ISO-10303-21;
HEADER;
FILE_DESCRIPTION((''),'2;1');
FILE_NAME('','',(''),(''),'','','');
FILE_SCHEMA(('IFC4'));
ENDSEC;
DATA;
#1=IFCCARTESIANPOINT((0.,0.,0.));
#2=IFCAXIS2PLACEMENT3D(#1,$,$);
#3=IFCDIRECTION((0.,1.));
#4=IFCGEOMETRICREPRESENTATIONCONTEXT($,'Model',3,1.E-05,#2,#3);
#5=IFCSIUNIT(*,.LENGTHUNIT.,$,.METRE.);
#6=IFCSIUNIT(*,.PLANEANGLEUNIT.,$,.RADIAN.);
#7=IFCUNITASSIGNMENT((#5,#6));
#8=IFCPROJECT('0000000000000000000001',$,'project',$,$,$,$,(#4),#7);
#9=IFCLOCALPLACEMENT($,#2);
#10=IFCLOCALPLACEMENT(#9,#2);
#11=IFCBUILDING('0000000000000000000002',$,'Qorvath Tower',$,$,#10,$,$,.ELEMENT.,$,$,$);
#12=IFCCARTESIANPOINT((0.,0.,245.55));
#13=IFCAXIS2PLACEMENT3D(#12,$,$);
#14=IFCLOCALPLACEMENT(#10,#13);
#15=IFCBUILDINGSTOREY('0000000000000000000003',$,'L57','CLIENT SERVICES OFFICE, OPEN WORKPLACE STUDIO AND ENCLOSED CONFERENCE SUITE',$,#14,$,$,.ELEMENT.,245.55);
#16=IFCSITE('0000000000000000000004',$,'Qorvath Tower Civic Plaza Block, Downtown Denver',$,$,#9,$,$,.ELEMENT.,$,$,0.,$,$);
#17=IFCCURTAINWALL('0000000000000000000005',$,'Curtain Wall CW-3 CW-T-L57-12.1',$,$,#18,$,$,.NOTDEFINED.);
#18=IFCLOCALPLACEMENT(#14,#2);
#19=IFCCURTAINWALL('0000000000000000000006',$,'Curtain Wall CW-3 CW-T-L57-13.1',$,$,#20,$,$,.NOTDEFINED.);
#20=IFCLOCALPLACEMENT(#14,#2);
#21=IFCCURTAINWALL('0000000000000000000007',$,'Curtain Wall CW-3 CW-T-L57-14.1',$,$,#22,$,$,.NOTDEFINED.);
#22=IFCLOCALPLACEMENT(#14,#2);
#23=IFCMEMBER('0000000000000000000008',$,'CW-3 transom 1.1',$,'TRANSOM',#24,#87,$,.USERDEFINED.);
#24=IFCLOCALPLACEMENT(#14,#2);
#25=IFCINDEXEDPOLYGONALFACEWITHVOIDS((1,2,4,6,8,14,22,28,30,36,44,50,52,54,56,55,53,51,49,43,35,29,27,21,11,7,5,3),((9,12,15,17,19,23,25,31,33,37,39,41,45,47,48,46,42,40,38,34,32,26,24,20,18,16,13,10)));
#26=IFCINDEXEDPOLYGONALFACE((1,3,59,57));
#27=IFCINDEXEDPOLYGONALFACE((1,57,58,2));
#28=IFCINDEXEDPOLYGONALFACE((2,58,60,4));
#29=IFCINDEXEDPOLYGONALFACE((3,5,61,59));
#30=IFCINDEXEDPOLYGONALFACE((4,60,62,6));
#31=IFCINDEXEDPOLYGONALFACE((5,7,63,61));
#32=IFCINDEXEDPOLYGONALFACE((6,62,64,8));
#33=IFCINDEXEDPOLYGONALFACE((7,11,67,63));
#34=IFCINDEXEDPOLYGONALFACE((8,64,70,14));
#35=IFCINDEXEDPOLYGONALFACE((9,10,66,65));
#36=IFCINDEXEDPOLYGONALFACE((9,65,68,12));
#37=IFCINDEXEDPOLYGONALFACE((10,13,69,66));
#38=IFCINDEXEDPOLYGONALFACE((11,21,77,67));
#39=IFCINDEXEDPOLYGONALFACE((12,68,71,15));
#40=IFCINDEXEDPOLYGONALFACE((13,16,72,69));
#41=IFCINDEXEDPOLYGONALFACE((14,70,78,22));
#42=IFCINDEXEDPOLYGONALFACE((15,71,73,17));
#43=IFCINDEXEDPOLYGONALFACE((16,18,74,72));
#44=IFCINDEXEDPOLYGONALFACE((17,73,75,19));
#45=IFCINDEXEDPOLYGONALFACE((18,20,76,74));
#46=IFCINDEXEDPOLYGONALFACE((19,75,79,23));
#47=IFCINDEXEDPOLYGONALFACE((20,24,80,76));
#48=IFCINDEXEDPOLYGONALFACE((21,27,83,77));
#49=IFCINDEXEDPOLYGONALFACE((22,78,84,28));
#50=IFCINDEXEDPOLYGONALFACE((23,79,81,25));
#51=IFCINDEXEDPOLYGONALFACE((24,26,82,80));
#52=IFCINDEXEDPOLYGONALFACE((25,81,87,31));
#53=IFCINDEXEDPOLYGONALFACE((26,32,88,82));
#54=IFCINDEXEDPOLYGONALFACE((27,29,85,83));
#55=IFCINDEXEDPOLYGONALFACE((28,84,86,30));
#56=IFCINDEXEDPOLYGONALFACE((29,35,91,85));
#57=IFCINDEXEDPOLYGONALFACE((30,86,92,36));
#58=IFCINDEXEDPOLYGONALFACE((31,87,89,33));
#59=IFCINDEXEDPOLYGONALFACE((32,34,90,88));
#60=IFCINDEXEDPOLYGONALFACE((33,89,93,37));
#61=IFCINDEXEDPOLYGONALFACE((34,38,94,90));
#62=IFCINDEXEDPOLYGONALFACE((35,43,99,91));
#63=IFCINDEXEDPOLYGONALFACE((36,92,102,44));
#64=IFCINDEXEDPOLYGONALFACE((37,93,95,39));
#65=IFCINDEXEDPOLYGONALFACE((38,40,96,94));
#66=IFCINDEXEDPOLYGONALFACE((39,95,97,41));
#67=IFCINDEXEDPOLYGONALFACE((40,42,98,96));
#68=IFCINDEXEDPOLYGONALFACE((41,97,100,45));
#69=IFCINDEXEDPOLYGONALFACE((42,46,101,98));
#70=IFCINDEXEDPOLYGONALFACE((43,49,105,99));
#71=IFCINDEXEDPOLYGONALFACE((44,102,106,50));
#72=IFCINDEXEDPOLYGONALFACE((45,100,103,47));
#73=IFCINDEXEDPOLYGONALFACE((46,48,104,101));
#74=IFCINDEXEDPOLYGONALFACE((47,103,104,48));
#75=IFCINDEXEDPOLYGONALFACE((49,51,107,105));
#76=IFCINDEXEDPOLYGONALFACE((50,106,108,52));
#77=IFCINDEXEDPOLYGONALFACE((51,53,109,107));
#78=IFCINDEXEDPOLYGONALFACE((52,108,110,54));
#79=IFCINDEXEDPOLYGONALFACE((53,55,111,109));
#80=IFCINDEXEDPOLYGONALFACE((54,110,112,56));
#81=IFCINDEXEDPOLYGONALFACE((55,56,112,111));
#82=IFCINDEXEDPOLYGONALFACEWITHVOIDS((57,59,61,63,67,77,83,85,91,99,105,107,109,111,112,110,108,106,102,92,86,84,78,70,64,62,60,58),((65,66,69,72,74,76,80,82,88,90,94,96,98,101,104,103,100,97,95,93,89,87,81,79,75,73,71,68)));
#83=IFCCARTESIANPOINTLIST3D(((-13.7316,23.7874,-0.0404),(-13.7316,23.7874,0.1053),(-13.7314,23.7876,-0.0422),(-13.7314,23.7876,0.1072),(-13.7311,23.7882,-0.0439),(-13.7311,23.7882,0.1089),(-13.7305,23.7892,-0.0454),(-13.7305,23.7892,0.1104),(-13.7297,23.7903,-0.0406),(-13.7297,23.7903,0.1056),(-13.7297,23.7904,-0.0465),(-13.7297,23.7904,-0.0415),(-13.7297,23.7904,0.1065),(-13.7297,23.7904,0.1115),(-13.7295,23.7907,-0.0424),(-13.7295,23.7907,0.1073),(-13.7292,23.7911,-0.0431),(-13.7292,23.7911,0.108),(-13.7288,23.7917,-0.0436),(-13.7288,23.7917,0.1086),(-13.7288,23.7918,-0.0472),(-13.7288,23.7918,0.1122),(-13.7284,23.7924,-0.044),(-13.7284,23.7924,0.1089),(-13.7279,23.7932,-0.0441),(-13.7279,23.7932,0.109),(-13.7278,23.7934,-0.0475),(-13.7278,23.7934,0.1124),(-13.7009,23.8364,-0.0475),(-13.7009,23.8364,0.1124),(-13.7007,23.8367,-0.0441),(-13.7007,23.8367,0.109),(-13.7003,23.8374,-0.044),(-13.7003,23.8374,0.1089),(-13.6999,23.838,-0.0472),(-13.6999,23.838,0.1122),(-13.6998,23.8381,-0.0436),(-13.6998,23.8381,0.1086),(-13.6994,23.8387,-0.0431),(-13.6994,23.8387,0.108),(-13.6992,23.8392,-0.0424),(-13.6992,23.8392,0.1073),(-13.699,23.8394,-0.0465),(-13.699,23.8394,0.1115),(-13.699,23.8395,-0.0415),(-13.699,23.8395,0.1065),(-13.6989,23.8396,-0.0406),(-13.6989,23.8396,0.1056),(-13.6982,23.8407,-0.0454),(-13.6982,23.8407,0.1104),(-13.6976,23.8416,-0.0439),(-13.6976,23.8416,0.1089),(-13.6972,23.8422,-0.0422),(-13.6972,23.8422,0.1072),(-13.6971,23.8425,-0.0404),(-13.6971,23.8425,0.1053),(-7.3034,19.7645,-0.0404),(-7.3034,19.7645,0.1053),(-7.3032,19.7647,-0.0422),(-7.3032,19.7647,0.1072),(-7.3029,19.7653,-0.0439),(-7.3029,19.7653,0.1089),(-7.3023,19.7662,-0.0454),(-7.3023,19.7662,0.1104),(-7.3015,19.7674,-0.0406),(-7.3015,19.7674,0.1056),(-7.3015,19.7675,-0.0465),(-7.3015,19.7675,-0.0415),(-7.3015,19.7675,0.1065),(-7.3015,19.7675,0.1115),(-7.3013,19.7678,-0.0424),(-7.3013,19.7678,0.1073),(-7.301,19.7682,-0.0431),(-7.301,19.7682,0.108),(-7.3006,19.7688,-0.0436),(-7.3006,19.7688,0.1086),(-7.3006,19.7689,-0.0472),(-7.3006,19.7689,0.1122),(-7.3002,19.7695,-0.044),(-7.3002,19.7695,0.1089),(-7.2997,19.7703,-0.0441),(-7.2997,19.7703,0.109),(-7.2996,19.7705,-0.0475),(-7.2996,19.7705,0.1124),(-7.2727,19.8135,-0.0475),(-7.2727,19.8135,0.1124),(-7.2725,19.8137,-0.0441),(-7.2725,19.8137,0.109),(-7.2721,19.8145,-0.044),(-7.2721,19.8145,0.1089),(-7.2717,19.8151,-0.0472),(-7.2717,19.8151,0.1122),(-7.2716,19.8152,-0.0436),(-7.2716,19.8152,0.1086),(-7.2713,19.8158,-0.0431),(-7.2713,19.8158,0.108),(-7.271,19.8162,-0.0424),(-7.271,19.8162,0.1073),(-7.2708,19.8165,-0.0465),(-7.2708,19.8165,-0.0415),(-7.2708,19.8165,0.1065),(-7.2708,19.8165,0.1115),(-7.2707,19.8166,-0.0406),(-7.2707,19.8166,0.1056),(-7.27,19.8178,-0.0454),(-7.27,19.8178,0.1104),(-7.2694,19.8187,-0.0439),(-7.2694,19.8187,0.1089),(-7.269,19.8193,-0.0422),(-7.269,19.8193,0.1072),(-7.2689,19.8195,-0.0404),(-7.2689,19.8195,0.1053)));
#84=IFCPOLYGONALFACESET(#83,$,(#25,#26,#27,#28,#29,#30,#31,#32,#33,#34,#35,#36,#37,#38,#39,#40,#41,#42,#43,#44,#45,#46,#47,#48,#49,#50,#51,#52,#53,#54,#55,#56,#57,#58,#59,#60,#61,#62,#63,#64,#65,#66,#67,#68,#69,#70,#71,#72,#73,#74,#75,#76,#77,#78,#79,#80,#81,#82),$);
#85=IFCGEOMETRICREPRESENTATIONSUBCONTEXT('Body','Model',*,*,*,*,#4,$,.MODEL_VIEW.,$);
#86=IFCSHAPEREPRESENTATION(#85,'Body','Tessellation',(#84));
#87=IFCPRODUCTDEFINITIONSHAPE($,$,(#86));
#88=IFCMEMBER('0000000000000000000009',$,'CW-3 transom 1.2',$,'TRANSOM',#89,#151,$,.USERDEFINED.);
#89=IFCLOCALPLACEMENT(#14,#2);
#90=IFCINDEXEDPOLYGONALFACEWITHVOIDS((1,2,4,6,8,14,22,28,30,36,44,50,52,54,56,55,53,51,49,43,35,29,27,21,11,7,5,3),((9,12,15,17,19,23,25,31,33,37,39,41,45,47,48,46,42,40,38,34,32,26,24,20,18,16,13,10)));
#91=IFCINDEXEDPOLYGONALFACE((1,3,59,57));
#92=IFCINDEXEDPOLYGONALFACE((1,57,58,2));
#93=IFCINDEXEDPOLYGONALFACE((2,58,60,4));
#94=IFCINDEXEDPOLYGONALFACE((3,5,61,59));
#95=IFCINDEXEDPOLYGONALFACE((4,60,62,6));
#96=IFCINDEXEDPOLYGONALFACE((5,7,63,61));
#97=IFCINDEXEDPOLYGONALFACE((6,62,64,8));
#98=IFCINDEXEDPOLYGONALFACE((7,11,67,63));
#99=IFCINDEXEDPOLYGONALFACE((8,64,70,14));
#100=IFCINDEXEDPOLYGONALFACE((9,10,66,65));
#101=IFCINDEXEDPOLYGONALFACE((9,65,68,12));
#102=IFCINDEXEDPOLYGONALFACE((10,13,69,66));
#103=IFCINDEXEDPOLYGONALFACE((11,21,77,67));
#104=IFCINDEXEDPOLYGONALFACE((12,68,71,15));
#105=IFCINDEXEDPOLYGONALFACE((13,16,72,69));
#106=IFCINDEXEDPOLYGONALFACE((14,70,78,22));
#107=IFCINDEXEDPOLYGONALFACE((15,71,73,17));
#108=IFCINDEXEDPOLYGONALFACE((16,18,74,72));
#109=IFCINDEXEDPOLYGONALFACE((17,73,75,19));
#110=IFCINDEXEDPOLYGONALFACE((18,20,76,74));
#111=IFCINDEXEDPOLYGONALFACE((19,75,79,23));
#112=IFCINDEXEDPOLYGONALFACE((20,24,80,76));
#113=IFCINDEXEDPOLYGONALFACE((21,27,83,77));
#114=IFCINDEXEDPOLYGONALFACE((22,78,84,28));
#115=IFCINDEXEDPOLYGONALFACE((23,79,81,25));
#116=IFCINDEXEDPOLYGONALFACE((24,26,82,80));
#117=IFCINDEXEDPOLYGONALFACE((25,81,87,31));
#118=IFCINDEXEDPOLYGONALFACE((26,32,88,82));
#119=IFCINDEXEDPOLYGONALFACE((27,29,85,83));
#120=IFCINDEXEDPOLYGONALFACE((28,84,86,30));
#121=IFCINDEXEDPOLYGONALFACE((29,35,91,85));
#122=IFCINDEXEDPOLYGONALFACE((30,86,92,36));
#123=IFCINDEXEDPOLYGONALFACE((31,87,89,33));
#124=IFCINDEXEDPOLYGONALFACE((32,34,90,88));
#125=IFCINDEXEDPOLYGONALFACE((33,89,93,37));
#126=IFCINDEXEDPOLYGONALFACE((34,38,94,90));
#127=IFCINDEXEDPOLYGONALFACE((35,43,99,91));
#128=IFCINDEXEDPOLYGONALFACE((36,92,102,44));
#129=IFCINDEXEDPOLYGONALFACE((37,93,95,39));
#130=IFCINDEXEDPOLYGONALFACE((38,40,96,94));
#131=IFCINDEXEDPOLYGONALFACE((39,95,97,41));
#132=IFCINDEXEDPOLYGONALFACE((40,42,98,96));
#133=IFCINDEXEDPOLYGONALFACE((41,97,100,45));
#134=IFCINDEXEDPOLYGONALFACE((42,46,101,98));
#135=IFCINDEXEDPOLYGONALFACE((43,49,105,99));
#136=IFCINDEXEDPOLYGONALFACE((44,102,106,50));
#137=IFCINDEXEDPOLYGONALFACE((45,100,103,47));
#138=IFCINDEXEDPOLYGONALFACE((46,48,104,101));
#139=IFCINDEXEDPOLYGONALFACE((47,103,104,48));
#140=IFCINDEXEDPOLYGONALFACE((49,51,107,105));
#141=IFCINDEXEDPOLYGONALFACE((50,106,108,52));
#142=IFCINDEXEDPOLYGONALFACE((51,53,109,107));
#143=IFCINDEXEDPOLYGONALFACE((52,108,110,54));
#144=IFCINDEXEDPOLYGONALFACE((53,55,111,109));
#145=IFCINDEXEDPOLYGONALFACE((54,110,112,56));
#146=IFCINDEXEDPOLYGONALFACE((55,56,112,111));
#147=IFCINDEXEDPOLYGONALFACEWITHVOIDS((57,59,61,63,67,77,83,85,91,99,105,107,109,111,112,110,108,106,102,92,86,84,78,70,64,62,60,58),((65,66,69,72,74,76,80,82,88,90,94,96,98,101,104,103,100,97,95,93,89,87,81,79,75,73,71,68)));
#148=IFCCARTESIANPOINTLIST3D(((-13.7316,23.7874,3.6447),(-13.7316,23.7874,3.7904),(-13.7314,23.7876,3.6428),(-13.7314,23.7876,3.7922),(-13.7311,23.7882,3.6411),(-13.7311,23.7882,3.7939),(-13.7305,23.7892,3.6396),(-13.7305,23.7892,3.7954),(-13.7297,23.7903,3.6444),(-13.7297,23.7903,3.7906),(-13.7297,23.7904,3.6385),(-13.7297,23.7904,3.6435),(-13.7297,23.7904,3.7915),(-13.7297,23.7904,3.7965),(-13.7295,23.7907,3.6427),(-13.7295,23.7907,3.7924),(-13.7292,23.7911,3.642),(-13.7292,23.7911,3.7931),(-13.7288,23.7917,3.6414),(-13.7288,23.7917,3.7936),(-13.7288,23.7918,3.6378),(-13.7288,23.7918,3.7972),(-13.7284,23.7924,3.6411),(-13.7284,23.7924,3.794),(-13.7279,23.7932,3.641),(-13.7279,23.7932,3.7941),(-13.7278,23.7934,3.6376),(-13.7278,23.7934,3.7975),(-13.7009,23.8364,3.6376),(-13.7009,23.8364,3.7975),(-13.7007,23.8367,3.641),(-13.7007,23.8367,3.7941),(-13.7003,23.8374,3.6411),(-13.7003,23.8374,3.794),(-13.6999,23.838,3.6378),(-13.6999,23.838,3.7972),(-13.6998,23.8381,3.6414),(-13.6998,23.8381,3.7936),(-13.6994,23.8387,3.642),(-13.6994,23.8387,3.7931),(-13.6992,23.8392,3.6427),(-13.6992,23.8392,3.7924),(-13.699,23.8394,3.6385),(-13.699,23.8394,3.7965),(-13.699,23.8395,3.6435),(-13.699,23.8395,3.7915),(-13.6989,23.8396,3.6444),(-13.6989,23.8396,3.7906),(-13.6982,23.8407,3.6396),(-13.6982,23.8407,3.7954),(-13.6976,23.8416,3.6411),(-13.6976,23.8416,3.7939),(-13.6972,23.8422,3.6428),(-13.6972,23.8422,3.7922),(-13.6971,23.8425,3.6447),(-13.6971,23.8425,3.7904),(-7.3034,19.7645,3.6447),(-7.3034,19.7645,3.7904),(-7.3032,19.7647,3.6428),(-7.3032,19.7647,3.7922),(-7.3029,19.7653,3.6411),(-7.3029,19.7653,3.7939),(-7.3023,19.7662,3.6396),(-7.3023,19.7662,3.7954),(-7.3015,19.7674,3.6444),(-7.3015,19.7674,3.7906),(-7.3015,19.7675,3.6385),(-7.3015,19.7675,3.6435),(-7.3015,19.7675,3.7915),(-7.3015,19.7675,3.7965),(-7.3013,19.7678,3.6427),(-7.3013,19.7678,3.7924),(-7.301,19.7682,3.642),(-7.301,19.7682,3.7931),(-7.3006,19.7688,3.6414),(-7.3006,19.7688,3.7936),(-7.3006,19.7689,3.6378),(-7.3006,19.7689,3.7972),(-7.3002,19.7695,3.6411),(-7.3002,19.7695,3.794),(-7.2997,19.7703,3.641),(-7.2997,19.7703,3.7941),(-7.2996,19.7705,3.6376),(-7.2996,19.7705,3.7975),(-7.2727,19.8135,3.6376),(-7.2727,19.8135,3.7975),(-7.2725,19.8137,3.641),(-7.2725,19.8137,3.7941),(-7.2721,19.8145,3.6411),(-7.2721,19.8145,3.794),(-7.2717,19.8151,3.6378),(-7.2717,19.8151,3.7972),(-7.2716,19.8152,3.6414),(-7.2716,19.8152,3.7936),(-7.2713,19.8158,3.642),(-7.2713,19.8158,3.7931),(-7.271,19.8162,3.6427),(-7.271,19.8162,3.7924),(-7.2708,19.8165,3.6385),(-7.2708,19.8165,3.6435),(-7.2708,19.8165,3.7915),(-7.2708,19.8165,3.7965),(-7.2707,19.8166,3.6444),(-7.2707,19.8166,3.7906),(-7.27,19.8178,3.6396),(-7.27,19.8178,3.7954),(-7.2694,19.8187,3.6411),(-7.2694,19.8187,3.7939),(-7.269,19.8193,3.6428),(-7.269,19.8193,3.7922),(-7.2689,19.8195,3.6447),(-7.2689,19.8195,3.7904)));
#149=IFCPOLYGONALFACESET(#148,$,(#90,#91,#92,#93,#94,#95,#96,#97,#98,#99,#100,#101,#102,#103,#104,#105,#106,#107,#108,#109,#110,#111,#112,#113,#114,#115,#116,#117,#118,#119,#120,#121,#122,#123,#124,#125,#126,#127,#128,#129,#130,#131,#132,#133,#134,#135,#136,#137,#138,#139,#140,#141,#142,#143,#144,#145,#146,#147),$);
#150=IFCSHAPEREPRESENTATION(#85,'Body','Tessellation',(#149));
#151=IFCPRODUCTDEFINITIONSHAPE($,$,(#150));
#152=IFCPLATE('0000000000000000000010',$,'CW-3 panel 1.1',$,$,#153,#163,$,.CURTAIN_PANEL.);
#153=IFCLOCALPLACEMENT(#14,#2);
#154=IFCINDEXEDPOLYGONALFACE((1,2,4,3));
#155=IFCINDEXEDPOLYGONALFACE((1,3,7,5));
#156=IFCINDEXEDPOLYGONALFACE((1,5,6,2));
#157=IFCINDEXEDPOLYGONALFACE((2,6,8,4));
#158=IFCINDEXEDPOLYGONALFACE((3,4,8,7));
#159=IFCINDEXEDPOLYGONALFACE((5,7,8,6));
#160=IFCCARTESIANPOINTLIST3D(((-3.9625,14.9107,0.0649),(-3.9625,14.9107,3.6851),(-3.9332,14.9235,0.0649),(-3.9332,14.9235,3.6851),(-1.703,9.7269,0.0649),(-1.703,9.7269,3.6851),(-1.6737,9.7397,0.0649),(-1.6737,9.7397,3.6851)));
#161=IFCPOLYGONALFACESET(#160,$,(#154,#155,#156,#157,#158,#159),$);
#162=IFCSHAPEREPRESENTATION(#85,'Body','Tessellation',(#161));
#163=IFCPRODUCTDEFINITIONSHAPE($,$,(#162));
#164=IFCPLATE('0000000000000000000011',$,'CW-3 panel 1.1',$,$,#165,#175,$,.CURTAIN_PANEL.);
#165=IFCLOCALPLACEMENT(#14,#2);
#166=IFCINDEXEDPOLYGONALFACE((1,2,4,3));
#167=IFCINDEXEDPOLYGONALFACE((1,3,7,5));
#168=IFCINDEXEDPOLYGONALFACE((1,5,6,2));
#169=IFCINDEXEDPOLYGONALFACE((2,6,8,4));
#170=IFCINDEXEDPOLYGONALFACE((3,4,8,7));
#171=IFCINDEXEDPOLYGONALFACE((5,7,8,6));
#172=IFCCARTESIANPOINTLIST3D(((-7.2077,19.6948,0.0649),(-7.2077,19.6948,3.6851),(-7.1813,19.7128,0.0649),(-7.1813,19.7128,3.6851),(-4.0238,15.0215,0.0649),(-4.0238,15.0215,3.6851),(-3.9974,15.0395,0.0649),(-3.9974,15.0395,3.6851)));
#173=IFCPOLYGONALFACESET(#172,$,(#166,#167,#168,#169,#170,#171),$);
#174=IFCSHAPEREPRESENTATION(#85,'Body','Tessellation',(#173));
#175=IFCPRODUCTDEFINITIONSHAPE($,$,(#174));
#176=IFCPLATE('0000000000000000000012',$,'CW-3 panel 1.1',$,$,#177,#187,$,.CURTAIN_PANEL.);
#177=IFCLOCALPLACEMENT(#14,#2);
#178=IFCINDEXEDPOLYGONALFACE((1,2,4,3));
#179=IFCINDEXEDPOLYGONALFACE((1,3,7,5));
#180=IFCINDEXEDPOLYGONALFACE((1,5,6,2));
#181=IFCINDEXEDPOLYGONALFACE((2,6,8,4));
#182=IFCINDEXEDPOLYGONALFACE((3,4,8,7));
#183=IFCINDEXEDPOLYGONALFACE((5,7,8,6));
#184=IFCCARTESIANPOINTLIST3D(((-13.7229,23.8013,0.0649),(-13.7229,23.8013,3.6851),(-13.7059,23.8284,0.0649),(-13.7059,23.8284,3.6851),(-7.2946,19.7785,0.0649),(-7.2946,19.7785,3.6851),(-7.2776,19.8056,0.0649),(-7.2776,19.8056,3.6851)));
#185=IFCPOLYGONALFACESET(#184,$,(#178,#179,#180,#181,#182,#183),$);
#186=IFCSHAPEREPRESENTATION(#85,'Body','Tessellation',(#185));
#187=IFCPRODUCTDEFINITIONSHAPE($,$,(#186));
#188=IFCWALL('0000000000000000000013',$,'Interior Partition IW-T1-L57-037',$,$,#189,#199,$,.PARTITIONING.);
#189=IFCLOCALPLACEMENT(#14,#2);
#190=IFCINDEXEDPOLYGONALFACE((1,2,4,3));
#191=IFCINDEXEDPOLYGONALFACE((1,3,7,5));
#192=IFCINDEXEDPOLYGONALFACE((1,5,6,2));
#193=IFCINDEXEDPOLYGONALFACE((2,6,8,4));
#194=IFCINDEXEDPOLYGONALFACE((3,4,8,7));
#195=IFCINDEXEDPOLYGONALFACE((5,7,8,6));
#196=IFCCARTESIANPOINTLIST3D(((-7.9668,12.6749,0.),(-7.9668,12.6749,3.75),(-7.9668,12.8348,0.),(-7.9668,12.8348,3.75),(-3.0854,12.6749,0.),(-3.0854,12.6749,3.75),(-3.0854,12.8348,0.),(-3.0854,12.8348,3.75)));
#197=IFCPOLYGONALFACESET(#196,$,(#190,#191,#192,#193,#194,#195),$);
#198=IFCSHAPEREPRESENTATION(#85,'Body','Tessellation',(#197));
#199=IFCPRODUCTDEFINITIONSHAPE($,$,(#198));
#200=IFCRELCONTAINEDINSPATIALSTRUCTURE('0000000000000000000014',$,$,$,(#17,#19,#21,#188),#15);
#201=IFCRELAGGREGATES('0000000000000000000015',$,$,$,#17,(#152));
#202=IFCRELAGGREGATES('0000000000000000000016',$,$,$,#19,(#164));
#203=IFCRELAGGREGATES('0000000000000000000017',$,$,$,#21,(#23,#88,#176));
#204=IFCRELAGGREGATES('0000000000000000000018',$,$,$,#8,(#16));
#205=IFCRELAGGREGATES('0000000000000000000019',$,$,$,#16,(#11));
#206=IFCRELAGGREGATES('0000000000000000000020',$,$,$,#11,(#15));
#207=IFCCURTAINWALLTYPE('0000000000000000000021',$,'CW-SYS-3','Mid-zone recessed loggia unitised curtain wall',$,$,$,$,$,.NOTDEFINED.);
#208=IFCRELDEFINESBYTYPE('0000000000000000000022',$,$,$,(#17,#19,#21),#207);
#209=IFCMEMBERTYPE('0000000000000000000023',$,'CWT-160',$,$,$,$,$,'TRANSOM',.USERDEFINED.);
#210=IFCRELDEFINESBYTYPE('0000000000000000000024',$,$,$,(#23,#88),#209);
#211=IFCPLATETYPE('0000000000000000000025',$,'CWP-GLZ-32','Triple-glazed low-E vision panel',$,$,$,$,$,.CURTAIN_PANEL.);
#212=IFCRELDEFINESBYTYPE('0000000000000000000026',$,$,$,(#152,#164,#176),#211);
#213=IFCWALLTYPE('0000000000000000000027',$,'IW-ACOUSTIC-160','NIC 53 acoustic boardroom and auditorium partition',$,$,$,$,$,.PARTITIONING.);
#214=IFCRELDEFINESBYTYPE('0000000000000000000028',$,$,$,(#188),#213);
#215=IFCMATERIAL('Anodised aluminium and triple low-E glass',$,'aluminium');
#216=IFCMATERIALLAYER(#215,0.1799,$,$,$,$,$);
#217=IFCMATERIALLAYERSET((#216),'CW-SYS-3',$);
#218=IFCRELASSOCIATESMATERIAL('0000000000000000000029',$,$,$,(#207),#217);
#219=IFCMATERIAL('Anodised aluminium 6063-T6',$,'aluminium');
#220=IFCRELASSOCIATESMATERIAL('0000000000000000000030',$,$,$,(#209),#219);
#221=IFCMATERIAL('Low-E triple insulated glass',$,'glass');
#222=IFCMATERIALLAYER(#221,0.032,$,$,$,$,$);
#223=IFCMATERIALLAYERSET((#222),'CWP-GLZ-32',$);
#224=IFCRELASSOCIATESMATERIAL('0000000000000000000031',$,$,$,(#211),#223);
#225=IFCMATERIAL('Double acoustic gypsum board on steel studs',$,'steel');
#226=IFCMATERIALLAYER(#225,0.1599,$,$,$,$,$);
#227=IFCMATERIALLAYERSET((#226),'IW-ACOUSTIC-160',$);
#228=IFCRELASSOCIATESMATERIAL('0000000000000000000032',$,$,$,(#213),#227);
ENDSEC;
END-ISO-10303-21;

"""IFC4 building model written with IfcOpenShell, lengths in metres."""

from ifc_helpers import new_model, si_unit, direction, frame, frame_2d, origin, origin_2d, place, context, subcontext, project, spatial, rectangle, hollow_rectangle, extrude, material, layer, layer_set, material_profile, profile_set, type_object, element, aggregate, save


model = new_model("IFC4")

# Units and contexts
model_context = context("Model", 3, precision=1e-05, world=origin(), true_north=direction((0.0, 1.0)))
body_context = subcontext(model_context, "Body", "Model", "MODEL_VIEW")
ifc_project = project(units=[si_unit("LENGTHUNIT", "METRE"), si_unit("PLANEANGLEUNIT", "RADIAN")], contexts=[model_context])

# Site, building, storey
site_placement = place(None, origin())
site = spatial("IfcSite", under=ifc_project, at=site_placement, Name="Qorvath Tower Civic Plaza Block, Downtown Denver", CompositionType="ELEMENT", RefElevation=0.0)
building_placement = place(site_placement, origin())
building = spatial("IfcBuilding", under=site, at=building_placement, Name="Qorvath Tower", CompositionType="ELEMENT")
storey_placement = place(building_placement, frame((0.0, 0.0, 245.55)))
storey = spatial("IfcBuildingStorey", under=building, at=storey_placement, Name="L57", Description="CLIENT SERVICES OFFICE, OPEN WORKPLACE STUDIO AND ENCLOSED CONFERENCE SUITE", CompositionType="ELEMENT", Elevation=245.55)

# Shared definitions
ifc_material_1 = material(Name="Anodised aluminium and triple low-E glass", Category="aluminium")
ifc_layer_1 = layer(ifc_material_1, 0.1799)
ifc_layer_set_1 = layer_set([ifc_layer_1], Name="CW-SYS-3")
curtain_wall_type = type_object("IfcCurtainWallType", Name="CW-SYS-3", Description="Mid-zone recessed loggia unitised curtain wall", PredefinedType="NOTDEFINED", material=ifc_layer_set_1)

# Curtain walls
curtain_wall_1_placement = place(storey_placement, origin())
curtain_wall_1 = element("IfcCurtainWall", 1, at=curtain_wall_1_placement, inside=storey, type_object=curtain_wall_type, Name="Curtain Wall CW-3 CW-T-L57-12.1", PredefinedType="NOTDEFINED")
curtain_wall_2_placement = place(storey_placement, origin())
curtain_wall_2 = element("IfcCurtainWall", 2, at=curtain_wall_2_placement, inside=storey, type_object=curtain_wall_type, Name="Curtain Wall CW-3 CW-T-L57-13.1", PredefinedType="NOTDEFINED")

# Curtain wall
curtain_wall_3_placement = place(storey_placement, origin())
curtain_wall_3 = element("IfcCurtainWall", 3, at=curtain_wall_3_placement, inside=storey, type_object=curtain_wall_type, Name="Curtain Wall CW-3 CW-T-L57-14.1", PredefinedType="NOTDEFINED")

# Members
ifc_material_2 = material(Name="Anodised aluminium 6063-T6", Category="aluminium")
ifc_material_profile_1 = material_profile(ifc_material_2, hollow_rectangle(XDim=0.0649, YDim=0.1599, WallThickness=0.0034, InnerFilletRadius=0.0034, OuterFilletRadius=0.0071, at=origin_2d()), Name="CWT 160x65")
ifc_profile_set_1 = profile_set([ifc_material_profile_1], Name="Anodised aluminium 6063-T6")
member_type_1 = type_object("IfcMemberType", Name="CWT-160", ElementType="TRANSOM", PredefinedType="USERDEFINED", material=ifc_profile_set_1)
member_1_placement = place(storey_placement, frame((-7.2861, 19.792, 0.0325), z_axis=(-0.847683, 0.530502, 0.0), x_axis=(-0.530502, -0.847683, 0.0)))
member_1 = element("IfcMember", 4, at=member_1_placement, type_object=member_type_1, Name="CW-3 transom 1.1", ObjectType="TRANSOM", PredefinedType="USERDEFINED", context=body_context, shape_type="SweptSolid", body=[
    extrude(hollow_rectangle(XDim=0.0649, YDim=0.1599, WallThickness=0.0034, InnerFilletRadius=0.0034, OuterFilletRadius=0.0071, at=origin_2d()), origin(), (0.0, 0.0, 1.0), 7.5833),
])
member_2_placement = place(storey_placement, frame((-7.2861, 19.792, 3.7175), z_axis=(-0.847683, 0.530502, 0.0), x_axis=(-0.530502, -0.847683, 0.0)))
member_2 = element("IfcMember", 5, at=member_2_placement, type_object=member_type_1, Name="CW-3 transom 1.2", ObjectType="TRANSOM", PredefinedType="USERDEFINED", context=body_context, shape_type="SweptSolid", body=[
    extrude(hollow_rectangle(XDim=0.0649, YDim=0.1599, WallThickness=0.0034, InnerFilletRadius=0.0034, OuterFilletRadius=0.0071, at=origin_2d()), origin(), (0.0, 0.0, 1.0), 7.5833),
])

# Plates
ifc_material_3 = material(Name="Low-E triple insulated glass", Category="glass")
ifc_layer_2 = layer(ifc_material_3, 0.032)
ifc_layer_set_2 = layer_set([ifc_layer_2], Name="CWP-GLZ-32")
plate_type = type_object("IfcPlateType", Name="CWP-GLZ-32", Description="Triple-glazed low-E vision panel", PredefinedType="CURTAIN_PANEL", material=ifc_layer_set_2)
plate_1_placement = place(storey_placement, frame((-2.8181, 12.3252, 0.0649), z_axis=(0.0, 0.0, 1.0), x_axis=(-0.399576, 0.9167, 0.0)))
plate_1 = element("IfcPlate", 6, at=plate_1_placement, type_object=plate_type, Name="CW-3 panel 1.1", PredefinedType="CURTAIN_PANEL", context=body_context, shape_type="SweptSolid", body=[
    extrude(rectangle(XDim=5.6548, YDim=0.032, at=origin_2d()), origin(), (0.0, 0.0, 1.0), 3.6201),
])
aggregate(curtain_wall_1, [plate_1])
plate_2_placement = place(storey_placement, frame((-5.6025, 17.3672, 0.0649), z_axis=(0.0, 0.0, 1.0), x_axis=(-0.563037, 0.826431, 0.0)))
plate_2 = element("IfcPlate", 7, at=plate_2_placement, type_object=plate_type, Name="CW-3 panel 1.1", PredefinedType="CURTAIN_PANEL", context=body_context, shape_type="SweptSolid", body=[
    extrude(rectangle(XDim=5.6548, YDim=0.032, at=origin_2d()), origin(), (0.0, 0.0, 1.0), 3.6201),
])
aggregate(curtain_wall_2, [plate_2])
plate_3_placement = place(storey_placement, frame((-10.5002, 21.8035, 0.0649), z_axis=(0.0, 0.0, 1.0), x_axis=(-0.847693, 0.530487, 0.0)))
plate_3 = element("IfcPlate", 8, at=plate_3_placement, type_object=plate_type, Name="CW-3 panel 1.1", PredefinedType="CURTAIN_PANEL", context=body_context, shape_type="SweptSolid", body=[
    extrude(rectangle(XDim=7.5833, YDim=0.032, at=origin_2d()), origin(), (0.0, 0.0, 1.0), 3.6201),
])
aggregate(curtain_wall_3, [member_1, member_2, plate_3])

# Wall
ifc_material_4 = material(Name="Double acoustic gypsum board on steel studs", Category="steel")
ifc_layer_3 = layer(ifc_material_4, 0.1599)
ifc_layer_set_3 = layer_set([ifc_layer_3], Name="IW-ACOUSTIC-160")
wall_type_1 = type_object("IfcWallType", Name="IW-ACOUSTIC-160", Description="NIC 53 acoustic boardroom and auditorium partition", PredefinedType="PARTITIONING", material=ifc_layer_set_3)
wall_1_placement = place(storey_placement, frame((-3.0854, 12.7549, 0.0), z_axis=(0.0, 0.0, 1.0), x_axis=(-1.0, 0.0, 0.0)))
element("IfcWall", 9, at=wall_1_placement, inside=storey, type_object=wall_type_1, Name="Interior Partition IW-T1-L57-037", PredefinedType="PARTITIONING", context=body_context, shape_type="SweptSolid", body=[
    extrude(rectangle(XDim=4.8813, YDim=0.1599, at=frame_2d((2.4407, 0.0))), origin(), (0.0, 0.0, 1.0), 3.75),
])

save(model, "model.ifc")
